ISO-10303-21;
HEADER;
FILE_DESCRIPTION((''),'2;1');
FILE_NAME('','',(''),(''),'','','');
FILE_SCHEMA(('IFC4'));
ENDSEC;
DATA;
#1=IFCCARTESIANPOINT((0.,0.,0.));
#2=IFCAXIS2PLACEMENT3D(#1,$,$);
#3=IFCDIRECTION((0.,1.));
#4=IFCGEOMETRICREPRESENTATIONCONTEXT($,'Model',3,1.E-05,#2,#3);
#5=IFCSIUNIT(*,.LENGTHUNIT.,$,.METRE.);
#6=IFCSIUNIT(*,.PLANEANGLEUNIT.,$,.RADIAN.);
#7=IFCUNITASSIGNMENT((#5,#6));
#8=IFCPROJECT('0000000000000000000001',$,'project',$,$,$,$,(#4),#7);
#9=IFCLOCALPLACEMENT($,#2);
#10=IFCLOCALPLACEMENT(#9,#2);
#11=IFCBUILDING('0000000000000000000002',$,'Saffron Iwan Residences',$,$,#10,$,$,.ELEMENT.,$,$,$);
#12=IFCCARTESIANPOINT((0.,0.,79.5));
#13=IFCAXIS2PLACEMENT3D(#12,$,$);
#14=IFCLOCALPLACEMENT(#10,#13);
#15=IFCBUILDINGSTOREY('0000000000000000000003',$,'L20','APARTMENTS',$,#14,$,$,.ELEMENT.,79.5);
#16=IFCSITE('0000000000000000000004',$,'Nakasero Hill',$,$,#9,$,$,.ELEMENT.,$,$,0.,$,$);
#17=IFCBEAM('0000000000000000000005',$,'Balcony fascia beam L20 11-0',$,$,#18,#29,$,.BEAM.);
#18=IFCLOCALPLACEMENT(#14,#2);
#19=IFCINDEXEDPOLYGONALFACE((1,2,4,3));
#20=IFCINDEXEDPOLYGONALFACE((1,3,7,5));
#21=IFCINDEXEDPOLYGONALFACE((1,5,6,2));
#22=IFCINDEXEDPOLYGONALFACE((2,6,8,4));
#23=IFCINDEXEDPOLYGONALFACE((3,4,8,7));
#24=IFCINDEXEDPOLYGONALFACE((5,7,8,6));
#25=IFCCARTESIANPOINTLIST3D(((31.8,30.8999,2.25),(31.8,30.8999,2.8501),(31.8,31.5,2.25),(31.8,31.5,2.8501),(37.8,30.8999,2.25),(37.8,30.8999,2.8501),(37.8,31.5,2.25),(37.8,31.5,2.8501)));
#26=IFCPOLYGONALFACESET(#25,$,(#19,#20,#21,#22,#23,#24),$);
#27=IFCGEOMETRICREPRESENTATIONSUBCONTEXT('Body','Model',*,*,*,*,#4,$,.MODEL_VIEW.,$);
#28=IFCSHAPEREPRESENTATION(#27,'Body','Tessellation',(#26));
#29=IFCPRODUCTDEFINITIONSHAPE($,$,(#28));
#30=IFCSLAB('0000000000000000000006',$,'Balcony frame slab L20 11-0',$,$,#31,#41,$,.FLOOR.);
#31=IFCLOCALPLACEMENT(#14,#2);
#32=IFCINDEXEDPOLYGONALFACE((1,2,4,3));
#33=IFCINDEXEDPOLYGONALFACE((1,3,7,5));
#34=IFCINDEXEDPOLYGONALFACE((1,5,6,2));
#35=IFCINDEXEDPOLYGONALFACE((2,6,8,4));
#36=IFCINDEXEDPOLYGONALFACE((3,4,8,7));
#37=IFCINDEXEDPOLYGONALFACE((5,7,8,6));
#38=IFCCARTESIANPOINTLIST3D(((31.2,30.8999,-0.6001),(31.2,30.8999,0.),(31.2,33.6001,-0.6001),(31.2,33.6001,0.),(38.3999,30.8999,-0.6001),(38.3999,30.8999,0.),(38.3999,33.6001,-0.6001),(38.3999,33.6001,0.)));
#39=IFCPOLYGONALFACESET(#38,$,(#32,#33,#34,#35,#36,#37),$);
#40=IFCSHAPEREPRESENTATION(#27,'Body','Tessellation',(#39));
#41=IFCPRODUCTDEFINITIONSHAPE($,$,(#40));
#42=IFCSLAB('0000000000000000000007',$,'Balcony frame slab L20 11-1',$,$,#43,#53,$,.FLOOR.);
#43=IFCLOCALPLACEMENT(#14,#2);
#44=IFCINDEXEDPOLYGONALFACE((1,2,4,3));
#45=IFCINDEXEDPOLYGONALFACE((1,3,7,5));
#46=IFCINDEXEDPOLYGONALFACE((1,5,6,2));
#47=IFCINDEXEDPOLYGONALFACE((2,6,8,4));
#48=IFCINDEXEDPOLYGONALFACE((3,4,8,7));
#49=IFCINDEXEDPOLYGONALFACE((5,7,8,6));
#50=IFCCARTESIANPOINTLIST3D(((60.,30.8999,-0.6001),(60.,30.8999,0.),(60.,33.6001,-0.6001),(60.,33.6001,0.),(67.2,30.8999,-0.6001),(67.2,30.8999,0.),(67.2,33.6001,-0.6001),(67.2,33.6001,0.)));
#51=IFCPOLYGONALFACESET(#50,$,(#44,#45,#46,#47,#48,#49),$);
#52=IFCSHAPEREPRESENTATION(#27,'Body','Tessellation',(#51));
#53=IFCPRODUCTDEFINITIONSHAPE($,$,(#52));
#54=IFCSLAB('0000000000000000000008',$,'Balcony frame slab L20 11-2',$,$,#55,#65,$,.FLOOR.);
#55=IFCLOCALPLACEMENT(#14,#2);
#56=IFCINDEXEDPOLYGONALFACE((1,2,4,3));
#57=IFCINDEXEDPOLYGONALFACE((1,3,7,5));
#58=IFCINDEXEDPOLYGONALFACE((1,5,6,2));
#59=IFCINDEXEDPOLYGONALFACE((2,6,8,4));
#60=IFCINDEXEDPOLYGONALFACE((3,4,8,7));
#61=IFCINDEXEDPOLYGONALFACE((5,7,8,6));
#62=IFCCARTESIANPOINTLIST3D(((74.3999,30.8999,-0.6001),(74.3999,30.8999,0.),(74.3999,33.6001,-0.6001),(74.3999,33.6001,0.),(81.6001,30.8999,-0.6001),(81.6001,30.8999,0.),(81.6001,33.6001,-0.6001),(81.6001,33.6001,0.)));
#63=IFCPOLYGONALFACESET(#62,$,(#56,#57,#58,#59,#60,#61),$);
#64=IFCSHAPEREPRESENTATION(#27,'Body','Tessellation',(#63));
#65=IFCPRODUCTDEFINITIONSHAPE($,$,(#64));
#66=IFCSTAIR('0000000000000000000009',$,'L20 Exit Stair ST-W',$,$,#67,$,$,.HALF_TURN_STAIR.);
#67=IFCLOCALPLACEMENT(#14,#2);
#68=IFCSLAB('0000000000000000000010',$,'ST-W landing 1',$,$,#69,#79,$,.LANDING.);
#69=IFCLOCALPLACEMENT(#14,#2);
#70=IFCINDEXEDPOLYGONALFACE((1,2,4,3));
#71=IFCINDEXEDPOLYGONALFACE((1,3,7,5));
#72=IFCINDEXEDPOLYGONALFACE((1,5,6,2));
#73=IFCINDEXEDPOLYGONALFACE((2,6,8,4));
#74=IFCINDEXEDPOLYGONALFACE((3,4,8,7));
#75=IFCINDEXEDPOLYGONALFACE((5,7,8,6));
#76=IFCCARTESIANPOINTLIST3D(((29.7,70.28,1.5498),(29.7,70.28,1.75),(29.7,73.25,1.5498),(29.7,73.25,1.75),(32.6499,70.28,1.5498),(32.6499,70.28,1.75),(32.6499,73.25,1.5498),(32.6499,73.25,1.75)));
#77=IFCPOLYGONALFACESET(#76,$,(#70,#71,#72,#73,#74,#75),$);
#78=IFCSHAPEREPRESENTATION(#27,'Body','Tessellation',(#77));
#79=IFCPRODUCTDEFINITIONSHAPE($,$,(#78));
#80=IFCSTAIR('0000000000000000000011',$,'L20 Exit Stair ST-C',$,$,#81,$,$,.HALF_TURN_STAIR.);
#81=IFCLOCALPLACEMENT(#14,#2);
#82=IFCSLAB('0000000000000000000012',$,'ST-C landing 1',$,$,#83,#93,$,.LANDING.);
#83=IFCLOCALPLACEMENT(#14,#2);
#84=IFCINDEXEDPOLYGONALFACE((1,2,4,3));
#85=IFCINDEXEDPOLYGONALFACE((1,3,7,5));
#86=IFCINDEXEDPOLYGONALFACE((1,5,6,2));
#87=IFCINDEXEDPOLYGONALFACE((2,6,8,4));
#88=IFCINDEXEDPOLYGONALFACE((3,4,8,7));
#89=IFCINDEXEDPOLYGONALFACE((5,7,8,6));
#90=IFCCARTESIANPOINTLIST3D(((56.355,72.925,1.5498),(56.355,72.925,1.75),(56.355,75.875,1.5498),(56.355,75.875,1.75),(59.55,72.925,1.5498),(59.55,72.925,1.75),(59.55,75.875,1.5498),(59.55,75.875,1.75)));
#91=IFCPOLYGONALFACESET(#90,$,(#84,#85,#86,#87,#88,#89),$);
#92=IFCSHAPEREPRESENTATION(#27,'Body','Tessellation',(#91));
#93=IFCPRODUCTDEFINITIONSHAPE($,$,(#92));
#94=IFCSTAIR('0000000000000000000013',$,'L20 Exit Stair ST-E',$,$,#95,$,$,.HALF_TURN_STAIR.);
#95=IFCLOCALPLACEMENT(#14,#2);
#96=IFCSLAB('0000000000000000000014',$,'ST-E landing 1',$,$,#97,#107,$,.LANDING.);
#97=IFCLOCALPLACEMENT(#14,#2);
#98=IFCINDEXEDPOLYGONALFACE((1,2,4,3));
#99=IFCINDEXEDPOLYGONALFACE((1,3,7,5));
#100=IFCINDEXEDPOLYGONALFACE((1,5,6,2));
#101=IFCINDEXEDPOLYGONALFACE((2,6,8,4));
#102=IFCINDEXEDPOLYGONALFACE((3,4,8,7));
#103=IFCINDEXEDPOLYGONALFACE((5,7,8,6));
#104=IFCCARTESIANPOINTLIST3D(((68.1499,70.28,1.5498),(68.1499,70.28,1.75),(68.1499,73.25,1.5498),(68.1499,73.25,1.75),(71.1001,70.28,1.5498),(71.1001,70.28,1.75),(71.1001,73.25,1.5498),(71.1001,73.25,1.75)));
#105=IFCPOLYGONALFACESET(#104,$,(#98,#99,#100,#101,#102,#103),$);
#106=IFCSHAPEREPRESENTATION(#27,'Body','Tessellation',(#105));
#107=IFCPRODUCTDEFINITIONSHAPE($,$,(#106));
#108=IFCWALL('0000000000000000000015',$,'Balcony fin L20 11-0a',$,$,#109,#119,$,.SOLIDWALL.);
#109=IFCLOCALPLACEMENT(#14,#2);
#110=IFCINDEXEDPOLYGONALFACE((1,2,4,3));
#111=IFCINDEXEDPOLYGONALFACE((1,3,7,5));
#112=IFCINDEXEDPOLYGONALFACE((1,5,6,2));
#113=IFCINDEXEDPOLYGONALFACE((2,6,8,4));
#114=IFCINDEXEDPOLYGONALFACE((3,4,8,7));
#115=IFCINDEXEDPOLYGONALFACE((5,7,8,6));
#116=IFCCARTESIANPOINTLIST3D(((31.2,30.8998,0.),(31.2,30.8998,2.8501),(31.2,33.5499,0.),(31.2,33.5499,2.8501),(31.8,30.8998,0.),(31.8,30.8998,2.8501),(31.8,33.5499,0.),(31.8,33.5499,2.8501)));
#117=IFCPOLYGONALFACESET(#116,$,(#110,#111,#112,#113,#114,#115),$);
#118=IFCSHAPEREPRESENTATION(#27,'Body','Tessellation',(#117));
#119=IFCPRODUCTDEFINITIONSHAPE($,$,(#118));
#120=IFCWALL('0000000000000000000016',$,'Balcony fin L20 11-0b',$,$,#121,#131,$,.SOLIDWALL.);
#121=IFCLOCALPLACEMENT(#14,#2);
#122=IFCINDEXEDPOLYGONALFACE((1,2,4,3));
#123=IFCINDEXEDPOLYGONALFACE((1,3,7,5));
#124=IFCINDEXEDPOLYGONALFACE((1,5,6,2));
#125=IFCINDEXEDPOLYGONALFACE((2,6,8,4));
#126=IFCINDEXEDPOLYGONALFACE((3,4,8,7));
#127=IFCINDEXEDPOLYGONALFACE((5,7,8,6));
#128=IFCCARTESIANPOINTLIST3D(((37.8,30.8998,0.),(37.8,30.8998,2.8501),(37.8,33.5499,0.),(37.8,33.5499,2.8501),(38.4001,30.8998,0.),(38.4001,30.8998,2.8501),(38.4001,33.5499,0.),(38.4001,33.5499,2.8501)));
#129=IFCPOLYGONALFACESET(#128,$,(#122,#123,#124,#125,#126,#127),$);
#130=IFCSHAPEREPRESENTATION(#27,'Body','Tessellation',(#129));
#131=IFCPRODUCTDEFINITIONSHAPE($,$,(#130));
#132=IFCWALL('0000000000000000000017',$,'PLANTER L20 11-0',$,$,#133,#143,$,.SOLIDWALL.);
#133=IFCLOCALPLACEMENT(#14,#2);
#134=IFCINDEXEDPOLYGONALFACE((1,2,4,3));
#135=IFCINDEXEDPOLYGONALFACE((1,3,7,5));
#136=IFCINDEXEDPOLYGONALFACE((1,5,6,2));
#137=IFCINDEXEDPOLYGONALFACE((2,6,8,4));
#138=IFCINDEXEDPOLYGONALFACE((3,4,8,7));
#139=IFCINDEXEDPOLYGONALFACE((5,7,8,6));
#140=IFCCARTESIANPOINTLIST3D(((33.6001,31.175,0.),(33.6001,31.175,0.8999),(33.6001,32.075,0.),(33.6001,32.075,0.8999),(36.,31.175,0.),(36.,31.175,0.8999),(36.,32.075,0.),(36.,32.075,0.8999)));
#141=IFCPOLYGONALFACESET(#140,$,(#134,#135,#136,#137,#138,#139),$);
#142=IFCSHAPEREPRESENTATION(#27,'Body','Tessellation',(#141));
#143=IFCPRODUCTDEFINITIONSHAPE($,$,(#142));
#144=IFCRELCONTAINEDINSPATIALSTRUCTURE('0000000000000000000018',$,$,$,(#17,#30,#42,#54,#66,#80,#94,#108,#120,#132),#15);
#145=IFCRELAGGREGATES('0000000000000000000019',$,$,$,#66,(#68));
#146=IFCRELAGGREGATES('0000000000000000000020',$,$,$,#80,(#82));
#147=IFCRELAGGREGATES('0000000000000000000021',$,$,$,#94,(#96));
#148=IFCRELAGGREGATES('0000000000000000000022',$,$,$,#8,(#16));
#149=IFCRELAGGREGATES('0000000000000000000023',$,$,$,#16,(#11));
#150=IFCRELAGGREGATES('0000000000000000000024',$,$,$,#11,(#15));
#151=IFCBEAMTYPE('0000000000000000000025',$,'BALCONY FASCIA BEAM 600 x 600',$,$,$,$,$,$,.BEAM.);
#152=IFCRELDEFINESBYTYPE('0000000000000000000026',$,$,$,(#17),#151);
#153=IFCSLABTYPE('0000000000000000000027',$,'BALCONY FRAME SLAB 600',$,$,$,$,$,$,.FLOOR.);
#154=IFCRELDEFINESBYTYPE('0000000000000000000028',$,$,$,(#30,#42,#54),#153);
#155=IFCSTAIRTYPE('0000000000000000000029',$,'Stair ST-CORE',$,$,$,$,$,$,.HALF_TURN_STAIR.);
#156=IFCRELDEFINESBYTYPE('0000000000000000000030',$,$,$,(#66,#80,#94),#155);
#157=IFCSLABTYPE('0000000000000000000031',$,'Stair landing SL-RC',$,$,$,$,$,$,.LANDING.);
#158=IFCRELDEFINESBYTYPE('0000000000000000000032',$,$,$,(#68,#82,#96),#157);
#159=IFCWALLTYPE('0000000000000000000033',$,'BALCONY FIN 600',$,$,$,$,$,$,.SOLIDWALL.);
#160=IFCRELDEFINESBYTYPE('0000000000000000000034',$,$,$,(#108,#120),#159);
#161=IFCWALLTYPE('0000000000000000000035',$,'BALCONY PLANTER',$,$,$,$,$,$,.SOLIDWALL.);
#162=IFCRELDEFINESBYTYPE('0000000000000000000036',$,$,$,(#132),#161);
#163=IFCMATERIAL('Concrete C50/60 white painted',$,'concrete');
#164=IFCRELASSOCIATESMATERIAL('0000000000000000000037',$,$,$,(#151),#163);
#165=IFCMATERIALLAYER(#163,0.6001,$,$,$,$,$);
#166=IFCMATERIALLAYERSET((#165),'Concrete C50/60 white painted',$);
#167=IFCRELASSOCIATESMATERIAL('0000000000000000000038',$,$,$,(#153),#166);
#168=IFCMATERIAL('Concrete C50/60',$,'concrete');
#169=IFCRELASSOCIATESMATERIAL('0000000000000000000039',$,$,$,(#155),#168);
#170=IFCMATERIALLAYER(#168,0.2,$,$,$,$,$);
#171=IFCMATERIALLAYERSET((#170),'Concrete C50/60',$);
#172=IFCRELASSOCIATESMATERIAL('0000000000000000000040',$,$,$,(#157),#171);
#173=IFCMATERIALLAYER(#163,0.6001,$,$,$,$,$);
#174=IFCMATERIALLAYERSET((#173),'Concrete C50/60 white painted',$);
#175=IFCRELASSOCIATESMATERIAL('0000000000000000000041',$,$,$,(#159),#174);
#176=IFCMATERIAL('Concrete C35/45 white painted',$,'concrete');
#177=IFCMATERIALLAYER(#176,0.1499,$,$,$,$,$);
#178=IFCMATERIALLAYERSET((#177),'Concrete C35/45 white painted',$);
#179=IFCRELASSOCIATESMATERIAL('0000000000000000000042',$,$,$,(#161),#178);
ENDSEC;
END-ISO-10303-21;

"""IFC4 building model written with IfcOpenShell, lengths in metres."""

from ifc_helpers import new_model, si_unit, direction, frame, frame_2d, origin, origin_2d, place, context, subcontext, project, spatial, polyline, rectangle, outline, extrude, source, transform, mapped, material, layer, layer_set, material_profile, profile_set, type_object, element, aggregate, save


model = new_model("IFC4")

# Units and contexts
model_context = context("Model", 3, precision=1e-05, world=origin(), true_north=direction((0.0, 1.0)))
body_context = subcontext(model_context, "Body", "Model", "MODEL_VIEW")
ifc_project = project(units=[si_unit("LENGTHUNIT", "METRE"), si_unit("PLANEANGLEUNIT", "RADIAN")], contexts=[model_context])

# Site, building, storey
site_placement = place(None, origin())
site = spatial("IfcSite", under=ifc_project, at=site_placement, Name="Nakasero Hill", CompositionType="ELEMENT", RefElevation=0.0)
building_placement = place(site_placement, origin())
building = spatial("IfcBuilding", under=site, at=building_placement, Name="Saffron Iwan Residences", CompositionType="ELEMENT")
storey_placement = place(building_placement, frame((0.0, 0.0, 79.5)))
storey = spatial("IfcBuildingStorey", under=building, at=storey_placement, Name="L20", Description="APARTMENTS", CompositionType="ELEMENT", Elevation=79.5)

# Beam
ifc_material_1 = material(Name="Concrete C50/60 white painted", Category="concrete")
ifc_material_profile = material_profile(ifc_material_1, rectangle(XDim=0.6001, YDim=0.6001, at=origin_2d()), Name="BALCONY FASCIA BEAM 600 x 600")
ifc_profile_set = profile_set([ifc_material_profile], Name="Concrete C50/60 white painted")
beam_type = type_object("IfcBeamType", Name="BALCONY FASCIA BEAM 600 x 600", PredefinedType="BEAM", material=ifc_profile_set)
shared_shape = source(origin(), body_context, "Body", "SweptSolid", [
    extrude(rectangle(XDim=0.6001, YDim=0.6001, at=origin_2d()), origin(), (0.0, 0.0, 1.0), 6.0),
])
beam_placement = place(storey_placement, frame((31.8, 31.2, 2.55), z_axis=(1.0, 0.0, 0.0), x_axis=(0.0, 1.0, 0.0)))
element("IfcBeam", 1, at=beam_placement, inside=storey, type_object=beam_type, Name="Balcony fascia beam L20 11-0", PredefinedType="BEAM", context=body_context, shape_type="MappedRepresentation", body=[
    mapped(shared_shape, transform((0.0, 0.0, 0.0))),
])

# Slabs
ifc_layer_1 = layer(ifc_material_1, 0.6001)
ifc_layer_set_1 = layer_set([ifc_layer_1], Name="Concrete C50/60 white painted")
slab_type_1 = type_object("IfcSlabType", Name="BALCONY FRAME SLAB 600", PredefinedType="FLOOR", material=ifc_layer_set_1)
slab_1_placement = place(storey_placement, frame((0.0, 0.0, -0.6001)))
element("IfcSlab", 2, at=slab_1_placement, inside=storey, type_object=slab_type_1, Name="Balcony frame slab L20 11-0", PredefinedType="FLOOR", context=body_context, shape_type="SweptSolid", body=[
    extrude(outline(polyline([(31.2, 30.8999), (38.3999, 30.8999), (38.3999, 33.6001), (31.2, 33.6001), (31.2, 30.8999)])), origin(), (0.0, 0.0, 1.0), 0.6001),
])
slab_2_placement = place(storey_placement, frame((0.0, 0.0, -0.6001)))
element("IfcSlab", 3, at=slab_2_placement, inside=storey, type_object=slab_type_1, Name="Balcony frame slab L20 11-1", PredefinedType="FLOOR", context=body_context, shape_type="SweptSolid", body=[
    extrude(outline(polyline([(60.0, 30.8999), (67.2, 30.8999), (67.2, 33.6001), (60.0, 33.6001), (60.0, 30.8999)])), origin(), (0.0, 0.0, 1.0), 0.6001),
])
slab_3_placement = place(storey_placement, frame((0.0, 0.0, -0.6001)))
element("IfcSlab", 4, at=slab_3_placement, inside=storey, type_object=slab_type_1, Name="Balcony frame slab L20 11-2", PredefinedType="FLOOR", context=body_context, shape_type="SweptSolid", body=[
    extrude(outline(polyline([(74.3999, 30.8999), (81.6001, 30.8999), (81.6001, 33.6001), (74.3999, 33.6001), (74.3999, 30.8999)])), origin(), (0.0, 0.0, 1.0), 0.6001),
])

# Stairs, slabs
ifc_material_2 = material(Name="Concrete C50/60", Category="concrete")
stair_type = type_object("IfcStairType", Name="Stair ST-CORE", PredefinedType="HALF_TURN_STAIR", material=ifc_material_2)
stair_1_placement = place(storey_placement, origin())
stair_1 = element("IfcStair", 5, at=stair_1_placement, inside=storey, type_object=stair_type, Name="L20 Exit Stair ST-W", PredefinedType="HALF_TURN_STAIR")
ifc_layer_2 = layer(ifc_material_2, 0.2)
ifc_layer_set_2 = layer_set([ifc_layer_2], Name="Concrete C50/60")
slab_type_2 = type_object("IfcSlabType", Name="Stair landing SL-RC", PredefinedType="LANDING", material=ifc_layer_set_2)
slab_4_placement = place(storey_placement, frame((0.0, 0.0, 1.5498)))
slab_4 = element("IfcSlab", 6, at=slab_4_placement, type_object=slab_type_2, Name="ST-W landing 1", PredefinedType="LANDING", context=body_context, shape_type="SweptSolid", body=[
    extrude(outline(polyline([(32.6499, 70.28), (32.6499, 73.25), (29.7, 73.25), (29.7, 70.28), (32.6499, 70.28)])), origin(), (0.0, 0.0, 1.0), 0.2002),
])
aggregate(stair_1, [slab_4])
stair_2_placement = place(storey_placement, origin())
stair_2 = element("IfcStair", 7, at=stair_2_placement, inside=storey, type_object=stair_type, Name="L20 Exit Stair ST-C", PredefinedType="HALF_TURN_STAIR")
slab_5_placement = place(storey_placement, frame((0.0, 0.0, 1.5498)))
slab_5 = element("IfcSlab", 8, at=slab_5_placement, type_object=slab_type_2, Name="ST-C landing 1", PredefinedType="LANDING", context=body_context, shape_type="SweptSolid", body=[
    extrude(outline(polyline([(56.355, 72.925), (59.55, 72.925), (59.55, 75.875), (56.355, 75.875), (56.355, 72.925)])), origin(), (0.0, 0.0, 1.0), 0.2002),
])
aggregate(stair_2, [slab_5])
stair_3_placement = place(storey_placement, origin())
stair_3 = element("IfcStair", 9, at=stair_3_placement, inside=storey, type_object=stair_type, Name="L20 Exit Stair ST-E", PredefinedType="HALF_TURN_STAIR")
slab_6_placement = place(storey_placement, frame((0.0, 0.0, 1.5498)))
slab_6 = element("IfcSlab", 10, at=slab_6_placement, type_object=slab_type_2, Name="ST-E landing 1", PredefinedType="LANDING", context=body_context, shape_type="SweptSolid", body=[
    extrude(outline(polyline([(71.1001, 70.28), (71.1001, 73.25), (68.1499, 73.25), (68.1499, 70.28), (71.1001, 70.28)])), origin(), (0.0, 0.0, 1.0), 0.2002),
])
aggregate(stair_3, [slab_6])

# Walls
ifc_layer_3 = layer(ifc_material_1, 0.6001)
ifc_layer_set_3 = layer_set([ifc_layer_3], Name="Concrete C50/60 white painted")
wall_type_1 = type_object("IfcWallType", Name="BALCONY FIN 600", PredefinedType="SOLIDWALL", material=ifc_layer_set_3)
for number, where, z_axis, x_axis, name in (
    (11, (31.5, 33.55, 0.0), (0.0, 0.0, 1.0), (0.0, -1.0, 0.0), "Balcony fin L20 11-0a"),
    (12, (38.1001, 33.55, 0.0), (0.0, 0.0, 1.0), (0.0, -1.0, 0.0), "Balcony fin L20 11-0b"),
):
    element("IfcWall", number, at=place(storey_placement, frame(where, z_axis=z_axis, x_axis=x_axis)), inside=storey, type_object=wall_type_1, Name=name, PredefinedType="SOLIDWALL", context=body_context, shape_type="SweptSolid", body=[
        extrude(rectangle(XDim=2.6501, YDim=0.6001, at=frame_2d((1.3252, 0.0))), origin(), (0.0, 0.0, 1.0), 2.8501),
    ])
ifc_material_3 = material(Name="Concrete C35/45 white painted", Category="concrete")
ifc_layer_4 = layer(ifc_material_3, 0.1499)
ifc_layer_set_4 = layer_set([ifc_layer_4], Name="Concrete C35/45 white painted")
wall_type_2 = type_object("IfcWallType", Name="BALCONY PLANTER", PredefinedType="SOLIDWALL", material=ifc_layer_set_4)
wall_placement = place(storey_placement, frame((33.6001, 31.625, 0.0), z_axis=(0.0, 0.0, 1.0), x_axis=(1.0, 0.0, 0.0)))
element("IfcWall", 13, at=wall_placement, inside=storey, type_object=wall_type_2, Name="PLANTER L20 11-0", PredefinedType="SOLIDWALL", context=body_context, shape_type="SweptSolid", body=[
    extrude(rectangle(XDim=2.3999, YDim=0.8999, at=frame_2d((1.2, 0.0))), origin(), (0.0, 0.0, 1.0), 0.8999),
])

save(model, "model.ifc")
